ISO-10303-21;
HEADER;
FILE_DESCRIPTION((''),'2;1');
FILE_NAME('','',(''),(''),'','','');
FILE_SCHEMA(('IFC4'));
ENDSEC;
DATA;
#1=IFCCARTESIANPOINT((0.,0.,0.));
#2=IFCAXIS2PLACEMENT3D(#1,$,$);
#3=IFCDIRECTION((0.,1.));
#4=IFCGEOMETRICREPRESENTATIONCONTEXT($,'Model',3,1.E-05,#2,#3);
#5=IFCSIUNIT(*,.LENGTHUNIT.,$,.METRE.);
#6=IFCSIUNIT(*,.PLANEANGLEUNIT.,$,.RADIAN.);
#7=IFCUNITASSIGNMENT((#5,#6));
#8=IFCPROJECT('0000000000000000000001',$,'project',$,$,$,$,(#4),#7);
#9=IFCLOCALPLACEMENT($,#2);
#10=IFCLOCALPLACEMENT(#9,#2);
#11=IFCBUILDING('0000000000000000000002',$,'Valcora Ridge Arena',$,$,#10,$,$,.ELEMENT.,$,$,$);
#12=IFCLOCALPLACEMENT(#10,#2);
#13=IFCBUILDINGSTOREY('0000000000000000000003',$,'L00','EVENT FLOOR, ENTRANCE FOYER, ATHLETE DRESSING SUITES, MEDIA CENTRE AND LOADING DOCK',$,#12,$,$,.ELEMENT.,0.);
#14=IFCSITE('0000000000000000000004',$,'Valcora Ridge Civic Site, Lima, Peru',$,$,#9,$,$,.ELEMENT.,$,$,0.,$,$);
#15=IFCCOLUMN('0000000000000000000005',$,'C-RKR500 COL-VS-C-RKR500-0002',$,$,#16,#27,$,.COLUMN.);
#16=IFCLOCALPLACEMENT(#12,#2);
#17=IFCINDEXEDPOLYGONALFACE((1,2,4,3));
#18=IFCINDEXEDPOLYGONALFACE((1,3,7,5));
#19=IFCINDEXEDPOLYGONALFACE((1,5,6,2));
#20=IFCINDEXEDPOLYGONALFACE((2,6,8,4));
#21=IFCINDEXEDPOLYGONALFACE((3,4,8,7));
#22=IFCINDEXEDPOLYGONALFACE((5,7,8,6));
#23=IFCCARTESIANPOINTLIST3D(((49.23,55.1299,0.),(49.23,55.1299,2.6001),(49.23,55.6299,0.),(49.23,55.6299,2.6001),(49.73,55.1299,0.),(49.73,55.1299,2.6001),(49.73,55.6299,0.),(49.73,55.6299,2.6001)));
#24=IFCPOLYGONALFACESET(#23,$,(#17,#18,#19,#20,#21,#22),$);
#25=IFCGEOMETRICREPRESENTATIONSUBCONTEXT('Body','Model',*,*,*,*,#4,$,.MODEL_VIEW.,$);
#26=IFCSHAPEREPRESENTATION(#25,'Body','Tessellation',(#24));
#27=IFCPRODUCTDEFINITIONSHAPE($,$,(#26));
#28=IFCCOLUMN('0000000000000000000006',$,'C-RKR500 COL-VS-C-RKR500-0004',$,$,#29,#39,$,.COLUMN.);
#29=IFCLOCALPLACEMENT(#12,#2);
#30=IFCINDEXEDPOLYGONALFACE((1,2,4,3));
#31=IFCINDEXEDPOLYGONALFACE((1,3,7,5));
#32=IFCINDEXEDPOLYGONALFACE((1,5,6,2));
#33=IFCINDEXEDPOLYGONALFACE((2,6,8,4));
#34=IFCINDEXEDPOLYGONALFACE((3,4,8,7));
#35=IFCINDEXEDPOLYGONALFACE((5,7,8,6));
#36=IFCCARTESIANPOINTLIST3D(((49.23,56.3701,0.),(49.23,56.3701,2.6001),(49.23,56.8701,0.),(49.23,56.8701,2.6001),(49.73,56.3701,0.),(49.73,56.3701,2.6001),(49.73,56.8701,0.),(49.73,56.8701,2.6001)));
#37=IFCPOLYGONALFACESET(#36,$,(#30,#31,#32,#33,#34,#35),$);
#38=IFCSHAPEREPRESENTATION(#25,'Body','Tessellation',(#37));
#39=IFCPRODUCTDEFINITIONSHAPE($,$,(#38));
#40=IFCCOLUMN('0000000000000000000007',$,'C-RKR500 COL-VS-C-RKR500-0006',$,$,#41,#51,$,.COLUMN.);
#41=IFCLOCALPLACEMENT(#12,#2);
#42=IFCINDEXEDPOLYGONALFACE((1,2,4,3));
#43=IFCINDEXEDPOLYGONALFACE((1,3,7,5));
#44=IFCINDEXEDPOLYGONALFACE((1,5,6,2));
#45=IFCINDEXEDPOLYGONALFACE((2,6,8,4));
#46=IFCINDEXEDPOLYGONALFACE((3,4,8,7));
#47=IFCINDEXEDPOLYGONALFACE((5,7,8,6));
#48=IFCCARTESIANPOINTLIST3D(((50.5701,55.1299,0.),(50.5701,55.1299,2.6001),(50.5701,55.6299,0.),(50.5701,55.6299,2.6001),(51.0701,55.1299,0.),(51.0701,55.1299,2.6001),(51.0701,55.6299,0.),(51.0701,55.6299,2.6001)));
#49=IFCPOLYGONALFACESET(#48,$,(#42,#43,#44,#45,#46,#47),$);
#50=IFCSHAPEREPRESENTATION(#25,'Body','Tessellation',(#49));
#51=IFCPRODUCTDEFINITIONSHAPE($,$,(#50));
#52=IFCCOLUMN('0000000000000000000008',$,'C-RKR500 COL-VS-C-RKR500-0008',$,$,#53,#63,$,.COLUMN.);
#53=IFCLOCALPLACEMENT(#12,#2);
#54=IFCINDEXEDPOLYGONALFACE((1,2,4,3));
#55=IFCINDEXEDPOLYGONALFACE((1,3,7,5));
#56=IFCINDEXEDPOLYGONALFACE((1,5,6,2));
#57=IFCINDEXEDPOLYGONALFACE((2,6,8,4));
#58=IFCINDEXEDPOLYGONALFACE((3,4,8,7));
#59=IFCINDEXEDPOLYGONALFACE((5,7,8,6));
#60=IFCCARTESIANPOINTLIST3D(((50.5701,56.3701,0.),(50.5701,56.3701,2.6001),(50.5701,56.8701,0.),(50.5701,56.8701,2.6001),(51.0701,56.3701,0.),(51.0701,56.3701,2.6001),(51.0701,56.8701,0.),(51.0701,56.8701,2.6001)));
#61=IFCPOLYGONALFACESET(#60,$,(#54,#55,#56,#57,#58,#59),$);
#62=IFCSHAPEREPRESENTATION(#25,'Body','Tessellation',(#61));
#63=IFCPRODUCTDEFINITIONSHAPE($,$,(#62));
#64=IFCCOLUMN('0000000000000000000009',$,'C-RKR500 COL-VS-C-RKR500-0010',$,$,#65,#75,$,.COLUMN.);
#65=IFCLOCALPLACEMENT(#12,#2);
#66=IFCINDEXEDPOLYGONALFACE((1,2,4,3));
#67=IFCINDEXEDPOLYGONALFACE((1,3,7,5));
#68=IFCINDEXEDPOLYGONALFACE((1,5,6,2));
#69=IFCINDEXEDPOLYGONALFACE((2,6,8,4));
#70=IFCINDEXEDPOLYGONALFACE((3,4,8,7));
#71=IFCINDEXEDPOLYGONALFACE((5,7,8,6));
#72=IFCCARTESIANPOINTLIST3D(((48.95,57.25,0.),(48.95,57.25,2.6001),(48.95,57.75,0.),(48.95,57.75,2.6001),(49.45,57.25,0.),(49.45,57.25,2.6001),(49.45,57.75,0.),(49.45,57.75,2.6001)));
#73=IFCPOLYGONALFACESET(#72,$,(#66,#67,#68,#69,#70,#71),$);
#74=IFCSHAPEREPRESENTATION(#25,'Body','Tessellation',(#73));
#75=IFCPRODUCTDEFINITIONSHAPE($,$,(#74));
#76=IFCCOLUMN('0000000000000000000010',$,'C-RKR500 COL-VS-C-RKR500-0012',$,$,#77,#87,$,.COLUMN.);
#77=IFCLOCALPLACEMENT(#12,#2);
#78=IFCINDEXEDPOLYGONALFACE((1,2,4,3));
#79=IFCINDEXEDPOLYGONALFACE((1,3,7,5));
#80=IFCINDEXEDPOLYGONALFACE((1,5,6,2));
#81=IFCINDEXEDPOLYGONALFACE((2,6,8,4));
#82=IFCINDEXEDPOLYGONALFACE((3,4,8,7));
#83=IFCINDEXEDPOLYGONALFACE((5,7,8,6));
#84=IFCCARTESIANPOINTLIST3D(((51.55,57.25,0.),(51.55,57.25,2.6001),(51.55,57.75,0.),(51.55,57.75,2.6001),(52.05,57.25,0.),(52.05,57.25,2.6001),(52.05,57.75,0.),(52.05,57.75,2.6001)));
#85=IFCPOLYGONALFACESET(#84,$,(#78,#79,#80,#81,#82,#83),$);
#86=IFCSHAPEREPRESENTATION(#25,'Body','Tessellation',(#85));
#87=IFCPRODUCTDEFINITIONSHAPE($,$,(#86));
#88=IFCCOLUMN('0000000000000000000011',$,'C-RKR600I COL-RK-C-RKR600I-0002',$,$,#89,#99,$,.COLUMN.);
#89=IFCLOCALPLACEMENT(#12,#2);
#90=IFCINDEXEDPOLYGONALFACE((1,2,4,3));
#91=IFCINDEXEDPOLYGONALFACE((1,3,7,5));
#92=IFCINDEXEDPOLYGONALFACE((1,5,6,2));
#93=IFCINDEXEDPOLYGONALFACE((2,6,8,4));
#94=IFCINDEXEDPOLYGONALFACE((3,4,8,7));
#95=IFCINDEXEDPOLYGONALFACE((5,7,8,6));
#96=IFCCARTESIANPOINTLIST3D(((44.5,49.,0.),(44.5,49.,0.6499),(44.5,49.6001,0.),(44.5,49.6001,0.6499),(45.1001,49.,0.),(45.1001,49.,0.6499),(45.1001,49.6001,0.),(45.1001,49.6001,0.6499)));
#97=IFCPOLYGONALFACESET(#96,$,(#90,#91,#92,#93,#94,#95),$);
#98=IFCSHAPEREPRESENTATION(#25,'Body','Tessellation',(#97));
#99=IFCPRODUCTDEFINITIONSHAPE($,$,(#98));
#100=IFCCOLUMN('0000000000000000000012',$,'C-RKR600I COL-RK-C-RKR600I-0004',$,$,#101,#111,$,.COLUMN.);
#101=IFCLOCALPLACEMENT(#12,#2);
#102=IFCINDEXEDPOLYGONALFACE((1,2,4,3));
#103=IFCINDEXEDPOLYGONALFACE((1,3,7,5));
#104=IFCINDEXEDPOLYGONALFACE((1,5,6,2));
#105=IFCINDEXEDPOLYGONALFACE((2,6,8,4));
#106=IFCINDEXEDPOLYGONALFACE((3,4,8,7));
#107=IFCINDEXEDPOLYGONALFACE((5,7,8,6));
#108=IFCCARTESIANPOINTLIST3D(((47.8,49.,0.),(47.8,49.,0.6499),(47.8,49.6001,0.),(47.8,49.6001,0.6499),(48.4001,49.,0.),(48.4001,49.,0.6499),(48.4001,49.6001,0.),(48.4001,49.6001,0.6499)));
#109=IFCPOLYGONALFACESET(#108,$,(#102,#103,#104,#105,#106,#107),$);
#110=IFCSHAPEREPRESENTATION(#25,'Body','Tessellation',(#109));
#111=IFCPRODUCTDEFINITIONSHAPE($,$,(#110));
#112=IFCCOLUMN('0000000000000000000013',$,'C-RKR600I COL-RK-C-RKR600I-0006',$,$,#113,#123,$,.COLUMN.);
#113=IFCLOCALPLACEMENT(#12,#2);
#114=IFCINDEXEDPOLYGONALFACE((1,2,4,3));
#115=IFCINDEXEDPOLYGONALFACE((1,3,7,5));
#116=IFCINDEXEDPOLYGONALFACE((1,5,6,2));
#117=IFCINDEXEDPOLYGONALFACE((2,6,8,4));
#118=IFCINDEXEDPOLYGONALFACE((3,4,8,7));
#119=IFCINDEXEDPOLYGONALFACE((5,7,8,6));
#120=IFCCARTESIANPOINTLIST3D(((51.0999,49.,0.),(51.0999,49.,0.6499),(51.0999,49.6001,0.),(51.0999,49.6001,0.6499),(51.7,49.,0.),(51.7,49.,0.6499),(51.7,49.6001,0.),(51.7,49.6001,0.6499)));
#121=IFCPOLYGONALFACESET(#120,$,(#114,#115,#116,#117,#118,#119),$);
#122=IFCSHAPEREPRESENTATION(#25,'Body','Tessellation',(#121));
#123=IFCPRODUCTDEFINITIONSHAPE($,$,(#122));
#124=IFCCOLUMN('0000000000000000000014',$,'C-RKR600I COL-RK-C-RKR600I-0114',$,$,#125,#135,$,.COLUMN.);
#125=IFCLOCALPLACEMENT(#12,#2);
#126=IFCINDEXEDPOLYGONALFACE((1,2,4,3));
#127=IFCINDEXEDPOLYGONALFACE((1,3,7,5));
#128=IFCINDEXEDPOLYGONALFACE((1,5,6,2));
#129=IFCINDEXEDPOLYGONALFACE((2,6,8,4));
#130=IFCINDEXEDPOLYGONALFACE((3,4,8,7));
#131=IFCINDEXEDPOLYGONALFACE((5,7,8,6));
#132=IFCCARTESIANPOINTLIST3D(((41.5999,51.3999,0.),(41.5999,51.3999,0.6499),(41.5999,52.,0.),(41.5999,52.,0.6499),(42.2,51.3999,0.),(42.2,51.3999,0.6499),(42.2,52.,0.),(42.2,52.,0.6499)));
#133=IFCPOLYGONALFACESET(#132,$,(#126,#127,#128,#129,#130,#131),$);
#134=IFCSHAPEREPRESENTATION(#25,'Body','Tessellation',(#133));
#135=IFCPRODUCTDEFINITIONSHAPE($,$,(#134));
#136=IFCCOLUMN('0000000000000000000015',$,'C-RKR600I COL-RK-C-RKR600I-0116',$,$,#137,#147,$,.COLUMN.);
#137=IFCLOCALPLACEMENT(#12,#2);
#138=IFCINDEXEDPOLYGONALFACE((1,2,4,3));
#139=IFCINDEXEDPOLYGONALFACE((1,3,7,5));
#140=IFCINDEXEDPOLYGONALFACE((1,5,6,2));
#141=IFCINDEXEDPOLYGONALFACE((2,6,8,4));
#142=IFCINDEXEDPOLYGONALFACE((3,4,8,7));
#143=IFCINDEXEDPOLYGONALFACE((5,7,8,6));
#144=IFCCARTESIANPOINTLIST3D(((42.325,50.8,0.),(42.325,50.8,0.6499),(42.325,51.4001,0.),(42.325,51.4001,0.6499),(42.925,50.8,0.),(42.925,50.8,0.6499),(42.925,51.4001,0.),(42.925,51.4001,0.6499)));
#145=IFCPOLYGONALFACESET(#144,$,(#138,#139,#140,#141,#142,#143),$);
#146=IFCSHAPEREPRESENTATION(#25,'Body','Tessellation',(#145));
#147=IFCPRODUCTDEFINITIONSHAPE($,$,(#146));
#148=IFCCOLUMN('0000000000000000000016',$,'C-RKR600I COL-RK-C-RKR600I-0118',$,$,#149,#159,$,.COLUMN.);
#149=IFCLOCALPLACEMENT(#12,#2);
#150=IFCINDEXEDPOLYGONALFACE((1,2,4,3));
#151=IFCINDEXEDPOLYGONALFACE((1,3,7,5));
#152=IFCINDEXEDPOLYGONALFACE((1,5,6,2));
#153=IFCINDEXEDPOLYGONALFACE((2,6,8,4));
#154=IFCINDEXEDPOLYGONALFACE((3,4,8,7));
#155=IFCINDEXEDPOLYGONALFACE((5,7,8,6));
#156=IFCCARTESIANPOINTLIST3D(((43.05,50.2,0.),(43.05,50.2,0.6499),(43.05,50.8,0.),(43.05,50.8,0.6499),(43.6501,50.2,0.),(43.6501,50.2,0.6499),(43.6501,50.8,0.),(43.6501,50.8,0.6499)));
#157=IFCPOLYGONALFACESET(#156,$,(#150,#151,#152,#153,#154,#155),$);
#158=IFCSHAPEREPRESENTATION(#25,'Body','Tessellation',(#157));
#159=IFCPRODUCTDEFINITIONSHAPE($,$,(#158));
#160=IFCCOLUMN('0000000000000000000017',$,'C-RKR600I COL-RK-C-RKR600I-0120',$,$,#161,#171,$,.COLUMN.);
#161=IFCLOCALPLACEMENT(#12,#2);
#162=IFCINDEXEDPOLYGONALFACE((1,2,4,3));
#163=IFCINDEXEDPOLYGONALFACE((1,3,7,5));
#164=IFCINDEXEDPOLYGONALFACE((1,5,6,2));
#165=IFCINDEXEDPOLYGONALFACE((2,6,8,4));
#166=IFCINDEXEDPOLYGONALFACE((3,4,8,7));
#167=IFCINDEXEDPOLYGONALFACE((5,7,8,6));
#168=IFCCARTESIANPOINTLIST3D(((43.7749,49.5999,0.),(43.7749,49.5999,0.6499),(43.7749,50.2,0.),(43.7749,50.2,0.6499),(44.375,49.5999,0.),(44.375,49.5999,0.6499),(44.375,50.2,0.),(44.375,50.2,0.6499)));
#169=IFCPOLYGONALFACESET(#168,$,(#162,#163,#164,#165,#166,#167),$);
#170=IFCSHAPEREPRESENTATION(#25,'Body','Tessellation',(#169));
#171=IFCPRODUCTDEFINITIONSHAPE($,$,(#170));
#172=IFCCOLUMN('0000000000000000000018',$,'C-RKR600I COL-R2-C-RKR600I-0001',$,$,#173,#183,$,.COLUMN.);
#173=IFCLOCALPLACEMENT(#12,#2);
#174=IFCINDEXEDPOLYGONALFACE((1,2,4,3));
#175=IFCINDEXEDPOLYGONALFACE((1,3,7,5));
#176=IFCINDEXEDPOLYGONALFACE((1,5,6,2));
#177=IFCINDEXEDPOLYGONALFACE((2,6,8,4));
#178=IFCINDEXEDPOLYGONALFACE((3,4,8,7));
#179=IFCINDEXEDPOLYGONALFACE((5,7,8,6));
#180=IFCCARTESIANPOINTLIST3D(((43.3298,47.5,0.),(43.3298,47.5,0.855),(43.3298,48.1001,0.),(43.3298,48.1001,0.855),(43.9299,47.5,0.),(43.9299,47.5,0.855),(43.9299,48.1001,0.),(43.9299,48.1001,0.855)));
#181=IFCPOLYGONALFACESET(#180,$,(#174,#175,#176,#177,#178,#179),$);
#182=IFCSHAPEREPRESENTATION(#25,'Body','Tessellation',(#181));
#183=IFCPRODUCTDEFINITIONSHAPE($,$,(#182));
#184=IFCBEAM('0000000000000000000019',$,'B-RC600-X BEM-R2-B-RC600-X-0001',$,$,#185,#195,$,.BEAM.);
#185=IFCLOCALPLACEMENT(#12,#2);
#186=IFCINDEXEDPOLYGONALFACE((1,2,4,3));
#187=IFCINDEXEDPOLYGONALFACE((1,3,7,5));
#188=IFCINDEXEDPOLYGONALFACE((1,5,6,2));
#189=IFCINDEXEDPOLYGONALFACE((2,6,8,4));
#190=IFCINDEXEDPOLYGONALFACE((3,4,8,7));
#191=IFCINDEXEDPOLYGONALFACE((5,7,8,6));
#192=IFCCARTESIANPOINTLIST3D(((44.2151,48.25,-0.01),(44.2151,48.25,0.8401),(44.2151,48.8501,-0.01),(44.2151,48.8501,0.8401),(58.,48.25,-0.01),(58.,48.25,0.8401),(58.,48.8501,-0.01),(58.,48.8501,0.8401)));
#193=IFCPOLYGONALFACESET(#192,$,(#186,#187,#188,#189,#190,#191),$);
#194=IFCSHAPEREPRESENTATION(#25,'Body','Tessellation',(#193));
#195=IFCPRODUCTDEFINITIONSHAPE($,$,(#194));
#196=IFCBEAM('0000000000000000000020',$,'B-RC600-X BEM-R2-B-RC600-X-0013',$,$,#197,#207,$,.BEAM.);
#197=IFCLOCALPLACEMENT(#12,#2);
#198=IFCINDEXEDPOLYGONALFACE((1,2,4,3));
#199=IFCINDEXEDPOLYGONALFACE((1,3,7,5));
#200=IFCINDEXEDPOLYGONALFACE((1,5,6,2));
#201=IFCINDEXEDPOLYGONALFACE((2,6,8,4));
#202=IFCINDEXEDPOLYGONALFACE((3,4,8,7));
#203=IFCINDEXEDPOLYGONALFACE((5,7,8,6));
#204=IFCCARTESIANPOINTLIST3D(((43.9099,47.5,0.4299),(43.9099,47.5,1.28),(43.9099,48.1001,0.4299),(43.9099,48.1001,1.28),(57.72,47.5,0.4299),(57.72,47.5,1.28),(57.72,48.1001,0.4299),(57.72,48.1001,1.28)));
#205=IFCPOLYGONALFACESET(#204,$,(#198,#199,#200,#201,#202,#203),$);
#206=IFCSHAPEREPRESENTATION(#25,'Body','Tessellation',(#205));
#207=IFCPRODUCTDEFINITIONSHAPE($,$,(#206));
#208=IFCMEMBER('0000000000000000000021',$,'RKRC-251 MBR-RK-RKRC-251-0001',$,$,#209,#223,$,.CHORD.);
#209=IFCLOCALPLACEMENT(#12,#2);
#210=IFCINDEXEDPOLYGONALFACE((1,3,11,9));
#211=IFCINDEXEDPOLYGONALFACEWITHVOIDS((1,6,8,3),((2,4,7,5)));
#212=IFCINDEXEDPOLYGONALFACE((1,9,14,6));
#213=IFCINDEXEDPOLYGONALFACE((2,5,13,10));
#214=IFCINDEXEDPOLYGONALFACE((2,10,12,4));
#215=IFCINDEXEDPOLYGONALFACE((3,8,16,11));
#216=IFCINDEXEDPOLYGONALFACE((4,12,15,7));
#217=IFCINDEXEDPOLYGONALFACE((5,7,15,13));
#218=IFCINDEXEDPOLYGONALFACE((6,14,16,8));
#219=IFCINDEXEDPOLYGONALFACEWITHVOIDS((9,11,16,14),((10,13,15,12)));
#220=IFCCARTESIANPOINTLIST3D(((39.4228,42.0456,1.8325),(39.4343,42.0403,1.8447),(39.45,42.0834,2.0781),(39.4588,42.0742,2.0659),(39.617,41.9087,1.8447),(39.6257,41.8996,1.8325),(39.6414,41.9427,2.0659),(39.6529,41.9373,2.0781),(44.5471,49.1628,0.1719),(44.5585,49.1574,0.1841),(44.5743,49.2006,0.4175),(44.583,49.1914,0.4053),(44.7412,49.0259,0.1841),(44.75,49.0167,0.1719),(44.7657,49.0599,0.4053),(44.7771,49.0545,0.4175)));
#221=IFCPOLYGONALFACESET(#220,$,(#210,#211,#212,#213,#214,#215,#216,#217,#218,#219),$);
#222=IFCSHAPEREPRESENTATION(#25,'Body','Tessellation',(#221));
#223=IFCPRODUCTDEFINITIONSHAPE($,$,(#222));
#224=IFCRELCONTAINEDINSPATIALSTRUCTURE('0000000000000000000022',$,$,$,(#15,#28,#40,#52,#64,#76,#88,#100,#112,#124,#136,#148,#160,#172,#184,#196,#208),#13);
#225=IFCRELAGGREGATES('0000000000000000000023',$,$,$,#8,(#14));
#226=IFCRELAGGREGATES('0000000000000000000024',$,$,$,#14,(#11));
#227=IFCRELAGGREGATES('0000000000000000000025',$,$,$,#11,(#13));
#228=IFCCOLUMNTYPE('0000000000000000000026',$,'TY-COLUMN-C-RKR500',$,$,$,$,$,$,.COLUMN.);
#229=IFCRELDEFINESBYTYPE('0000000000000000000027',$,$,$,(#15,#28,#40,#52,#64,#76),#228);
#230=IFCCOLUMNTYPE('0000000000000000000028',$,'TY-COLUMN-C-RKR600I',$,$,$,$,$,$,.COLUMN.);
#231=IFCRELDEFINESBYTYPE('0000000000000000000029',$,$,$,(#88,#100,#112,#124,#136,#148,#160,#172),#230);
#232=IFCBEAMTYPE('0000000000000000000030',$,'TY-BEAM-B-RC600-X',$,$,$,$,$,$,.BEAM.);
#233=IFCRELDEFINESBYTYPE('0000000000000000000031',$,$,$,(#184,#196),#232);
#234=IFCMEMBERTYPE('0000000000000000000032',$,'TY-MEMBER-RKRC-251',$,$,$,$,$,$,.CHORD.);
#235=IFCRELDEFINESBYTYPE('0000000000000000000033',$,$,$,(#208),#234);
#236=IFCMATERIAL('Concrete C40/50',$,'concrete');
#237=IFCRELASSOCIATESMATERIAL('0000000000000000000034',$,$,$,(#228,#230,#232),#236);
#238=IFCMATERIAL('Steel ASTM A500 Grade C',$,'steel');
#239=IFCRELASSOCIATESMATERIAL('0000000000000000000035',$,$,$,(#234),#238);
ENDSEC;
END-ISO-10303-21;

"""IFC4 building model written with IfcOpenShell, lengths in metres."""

from ifc_helpers import new_model, si_unit, direction, frame, origin, origin_2d, place, context, subcontext, project, spatial, rectangle, hollow_rectangle, extrude, material, material_profile, profile_set, type_object, element, save


model = new_model("IFC4")

# Units and contexts
model_context = context("Model", 3, precision=1e-05, world=origin(), true_north=direction((0.0, 1.0)))
body_context = subcontext(model_context, "Body", "Model", "MODEL_VIEW")
ifc_project = project(units=[si_unit("LENGTHUNIT", "METRE"), si_unit("PLANEANGLEUNIT", "RADIAN")], contexts=[model_context])

# Site, building, storey
site_placement = place(None, origin())
site = spatial("IfcSite", under=ifc_project, at=site_placement, Name="Valcora Ridge Civic Site, Lima, Peru", CompositionType="ELEMENT", RefElevation=0.0)
building_placement = place(site_placement, origin())
building = spatial("IfcBuilding", under=site, at=building_placement, Name="Valcora Ridge Arena", CompositionType="ELEMENT")
storey_placement = place(building_placement, origin())
storey = spatial("IfcBuildingStorey", under=building, at=storey_placement, Name="L00", Description="EVENT FLOOR, ENTRANCE FOYER, ATHLETE DRESSING SUITES, MEDIA CENTRE AND LOADING DOCK", CompositionType="ELEMENT", Elevation=0.0)

# Columns
ifc_material_1 = material(Name="Concrete C40/50", Category="concrete")
ifc_material_profile_1 = material_profile(ifc_material_1, rectangle(XDim=0.5, YDim=0.5, at=origin_2d()), Name="RC 500x500")
ifc_profile_set_1 = profile_set([ifc_material_profile_1], Name="Concrete C40/50")
column_type_1 = type_object("IfcColumnType", Name="TY-COLUMN-C-RKR500", PredefinedType="COLUMN", material=ifc_profile_set_1)
for number, where, z_axis, x_axis, name in (
    (1, (49.48, 55.3799, 0.0), (0.0, 0.0, 1.0), (1.0, 0.0, 0.0), "C-RKR500 COL-VS-C-RKR500-0002"),
    (2, (49.48, 56.6201, 0.0), (0.0, 0.0, 1.0), (1.0, 0.0, 0.0), "C-RKR500 COL-VS-C-RKR500-0004"),
    (3, (50.8201, 55.3799, 0.0), (0.0, 0.0, 1.0), (1.0, 0.0, 0.0), "C-RKR500 COL-VS-C-RKR500-0006"),
    (4, (50.8201, 56.6201, 0.0), (0.0, 0.0, 1.0), (1.0, 0.0, 0.0), "C-RKR500 COL-VS-C-RKR500-0008"),
    (5, (49.2, 57.5, 0.0), (0.0, 0.0, 1.0), (1.0, 0.0, 0.0), "C-RKR500 COL-VS-C-RKR500-0010"),
    (6, (51.8, 57.5, 0.0), (0.0, 0.0, 1.0), (1.0, 0.0, 0.0), "C-RKR500 COL-VS-C-RKR500-0012"),
):
    element("IfcColumn", number, at=place(storey_placement, frame(where, z_axis=z_axis, x_axis=x_axis)), inside=storey, type_object=column_type_1, Name=name, PredefinedType="COLUMN", context=body_context, shape_type="SweptSolid", body=[
        extrude(rectangle(XDim=0.5, YDim=0.5, at=origin_2d()), origin(), (0.0, 0.0, 1.0), 2.6001),
    ])
ifc_material_profile_2 = material_profile(ifc_material_1, rectangle(XDim=0.6001, YDim=0.6001, at=origin_2d()), Name="RC 600x600")
ifc_profile_set_2 = profile_set([ifc_material_profile_2], Name="Concrete C40/50")
column_type_2 = type_object("IfcColumnType", Name="TY-COLUMN-C-RKR600I", PredefinedType="COLUMN", material=ifc_profile_set_2)
for number, where, z_axis, x_axis, name in (
    (7, (44.8, 49.3, 0.0), (0.0, 0.0, 1.0), (1.0, 0.0, 0.0), "C-RKR600I COL-RK-C-RKR600I-0002"),
    (8, (48.1001, 49.3, 0.0), (0.0, 0.0, 1.0), (1.0, 0.0, 0.0), "C-RKR600I COL-RK-C-RKR600I-0004"),
    (9, (51.3999, 49.3, 0.0), (0.0, 0.0, 1.0), (1.0, 0.0, 0.0), "C-RKR600I COL-RK-C-RKR600I-0006"),
    (10, (41.8999, 51.7, 0.0), (0.0, 0.0, 1.0), (1.0, 0.0, 0.0), "C-RKR600I COL-RK-C-RKR600I-0114"),
    (11, (42.625, 51.1001, 0.0), (0.0, 0.0, 1.0), (1.0, 0.0, 0.0), "C-RKR600I COL-RK-C-RKR600I-0116"),
    (12, (43.3501, 50.5, 0.0), (0.0, 0.0, 1.0), (1.0, 0.0, 0.0), "C-RKR600I COL-RK-C-RKR600I-0118"),
    (13, (44.075, 49.8999, 0.0), (0.0, 0.0, 1.0), (1.0, 0.0, 0.0), "C-RKR600I COL-RK-C-RKR600I-0120"),
):
    element("IfcColumn", number, at=place(storey_placement, frame(where, z_axis=z_axis, x_axis=x_axis)), inside=storey, type_object=column_type_2, Name=name, PredefinedType="COLUMN", context=body_context, shape_type="SweptSolid", body=[
        extrude(rectangle(XDim=0.6001, YDim=0.6001, at=origin_2d()), origin(), (0.0, 0.0, 1.0), 0.6499),
    ])
column_placement = place(storey_placement, frame((43.6299, 47.8, 0.0), z_axis=(0.0, 0.0, 1.0), x_axis=(1.0, 0.0, 0.0)))
element("IfcColumn", 14, at=column_placement, inside=storey, type_object=column_type_2, Name="C-RKR600I COL-R2-C-RKR600I-0001", PredefinedType="COLUMN", context=body_context, shape_type="SweptSolid", body=[
    extrude(rectangle(XDim=0.6001, YDim=0.6001, at=origin_2d()), origin(), (0.0, 0.0, 1.0), 0.855),
])

# Beams
ifc_material_profile_3 = material_profile(ifc_material_1, rectangle(XDim=0.6001, YDim=0.8501, at=origin_2d()), Name="RC 600x850")
ifc_profile_set_3 = profile_set([ifc_material_profile_3], Name="Concrete C40/50")
beam_type = type_object("IfcBeamType", Name="TY-BEAM-B-RC600-X", PredefinedType="BEAM", material=ifc_profile_set_3)
beam_1_placement = place(storey_placement, frame((44.2151, 48.55, 0.415), z_axis=(1.0, 0.0, 0.0), x_axis=(0.0, 1.0, 0.0)))
element("IfcBeam", 15, at=beam_1_placement, inside=storey, type_object=beam_type, Name="B-RC600-X BEM-R2-B-RC600-X-0001", PredefinedType="BEAM", context=body_context, shape_type="SweptSolid", body=[
    extrude(rectangle(XDim=0.6001, YDim=0.8501, at=origin_2d()), origin(), (0.0, 0.0, 1.0), 13.7849),
])
beam_2_placement = place(storey_placement, frame((43.9099, 47.8, 0.855), z_axis=(1.0, 0.0, 0.0), x_axis=(0.0, 1.0, 0.0)))
element("IfcBeam", 16, at=beam_2_placement, inside=storey, type_object=beam_type, Name="B-RC600-X BEM-R2-B-RC600-X-0013", PredefinedType="BEAM", context=body_context, shape_type="SweptSolid", body=[
    extrude(rectangle(XDim=0.6001, YDim=0.8501, at=origin_2d()), origin(), (0.0, 0.0, 1.0), 13.8101),
])

# Member
ifc_material_2 = material(Name="Steel ASTM A500 Grade C", Category="steel")
ifc_material_profile_4 = material_profile(ifc_material_2, hollow_rectangle(XDim=0.25, YDim=0.25, WallThickness=0.0125, at=origin_2d()), Name="HSS250X250X12")
ifc_profile_set_4 = profile_set([ifc_material_profile_4], Name="Steel ASTM A500 Grade C")
member_type_1 = type_object("IfcMemberType", Name="TY-MEMBER-RKRC-251", PredefinedType="CHORD", material=ifc_profile_set_4)
member_1_placement = place(storey_placement, frame((44.6621, 49.1086, 0.2947), z_axis=(-0.574095, -0.797371, 0.18605), x_axis=(0.81154, -0.584297, 0.0)))
element("IfcMember", 17, at=member_1_placement, inside=storey, type_object=member_type_1, Name="RKRC-251 MBR-RK-RKRC-251-0001", PredefinedType="CHORD", context=body_context, shape_type="SweptSolid", body=[
    extrude(hollow_rectangle(XDim=0.25, YDim=0.25, WallThickness=0.0125, at=origin_2d()), origin(), (0.0, 0.0, 1.0), 8.9258),
])

save(model, "model.ifc")
